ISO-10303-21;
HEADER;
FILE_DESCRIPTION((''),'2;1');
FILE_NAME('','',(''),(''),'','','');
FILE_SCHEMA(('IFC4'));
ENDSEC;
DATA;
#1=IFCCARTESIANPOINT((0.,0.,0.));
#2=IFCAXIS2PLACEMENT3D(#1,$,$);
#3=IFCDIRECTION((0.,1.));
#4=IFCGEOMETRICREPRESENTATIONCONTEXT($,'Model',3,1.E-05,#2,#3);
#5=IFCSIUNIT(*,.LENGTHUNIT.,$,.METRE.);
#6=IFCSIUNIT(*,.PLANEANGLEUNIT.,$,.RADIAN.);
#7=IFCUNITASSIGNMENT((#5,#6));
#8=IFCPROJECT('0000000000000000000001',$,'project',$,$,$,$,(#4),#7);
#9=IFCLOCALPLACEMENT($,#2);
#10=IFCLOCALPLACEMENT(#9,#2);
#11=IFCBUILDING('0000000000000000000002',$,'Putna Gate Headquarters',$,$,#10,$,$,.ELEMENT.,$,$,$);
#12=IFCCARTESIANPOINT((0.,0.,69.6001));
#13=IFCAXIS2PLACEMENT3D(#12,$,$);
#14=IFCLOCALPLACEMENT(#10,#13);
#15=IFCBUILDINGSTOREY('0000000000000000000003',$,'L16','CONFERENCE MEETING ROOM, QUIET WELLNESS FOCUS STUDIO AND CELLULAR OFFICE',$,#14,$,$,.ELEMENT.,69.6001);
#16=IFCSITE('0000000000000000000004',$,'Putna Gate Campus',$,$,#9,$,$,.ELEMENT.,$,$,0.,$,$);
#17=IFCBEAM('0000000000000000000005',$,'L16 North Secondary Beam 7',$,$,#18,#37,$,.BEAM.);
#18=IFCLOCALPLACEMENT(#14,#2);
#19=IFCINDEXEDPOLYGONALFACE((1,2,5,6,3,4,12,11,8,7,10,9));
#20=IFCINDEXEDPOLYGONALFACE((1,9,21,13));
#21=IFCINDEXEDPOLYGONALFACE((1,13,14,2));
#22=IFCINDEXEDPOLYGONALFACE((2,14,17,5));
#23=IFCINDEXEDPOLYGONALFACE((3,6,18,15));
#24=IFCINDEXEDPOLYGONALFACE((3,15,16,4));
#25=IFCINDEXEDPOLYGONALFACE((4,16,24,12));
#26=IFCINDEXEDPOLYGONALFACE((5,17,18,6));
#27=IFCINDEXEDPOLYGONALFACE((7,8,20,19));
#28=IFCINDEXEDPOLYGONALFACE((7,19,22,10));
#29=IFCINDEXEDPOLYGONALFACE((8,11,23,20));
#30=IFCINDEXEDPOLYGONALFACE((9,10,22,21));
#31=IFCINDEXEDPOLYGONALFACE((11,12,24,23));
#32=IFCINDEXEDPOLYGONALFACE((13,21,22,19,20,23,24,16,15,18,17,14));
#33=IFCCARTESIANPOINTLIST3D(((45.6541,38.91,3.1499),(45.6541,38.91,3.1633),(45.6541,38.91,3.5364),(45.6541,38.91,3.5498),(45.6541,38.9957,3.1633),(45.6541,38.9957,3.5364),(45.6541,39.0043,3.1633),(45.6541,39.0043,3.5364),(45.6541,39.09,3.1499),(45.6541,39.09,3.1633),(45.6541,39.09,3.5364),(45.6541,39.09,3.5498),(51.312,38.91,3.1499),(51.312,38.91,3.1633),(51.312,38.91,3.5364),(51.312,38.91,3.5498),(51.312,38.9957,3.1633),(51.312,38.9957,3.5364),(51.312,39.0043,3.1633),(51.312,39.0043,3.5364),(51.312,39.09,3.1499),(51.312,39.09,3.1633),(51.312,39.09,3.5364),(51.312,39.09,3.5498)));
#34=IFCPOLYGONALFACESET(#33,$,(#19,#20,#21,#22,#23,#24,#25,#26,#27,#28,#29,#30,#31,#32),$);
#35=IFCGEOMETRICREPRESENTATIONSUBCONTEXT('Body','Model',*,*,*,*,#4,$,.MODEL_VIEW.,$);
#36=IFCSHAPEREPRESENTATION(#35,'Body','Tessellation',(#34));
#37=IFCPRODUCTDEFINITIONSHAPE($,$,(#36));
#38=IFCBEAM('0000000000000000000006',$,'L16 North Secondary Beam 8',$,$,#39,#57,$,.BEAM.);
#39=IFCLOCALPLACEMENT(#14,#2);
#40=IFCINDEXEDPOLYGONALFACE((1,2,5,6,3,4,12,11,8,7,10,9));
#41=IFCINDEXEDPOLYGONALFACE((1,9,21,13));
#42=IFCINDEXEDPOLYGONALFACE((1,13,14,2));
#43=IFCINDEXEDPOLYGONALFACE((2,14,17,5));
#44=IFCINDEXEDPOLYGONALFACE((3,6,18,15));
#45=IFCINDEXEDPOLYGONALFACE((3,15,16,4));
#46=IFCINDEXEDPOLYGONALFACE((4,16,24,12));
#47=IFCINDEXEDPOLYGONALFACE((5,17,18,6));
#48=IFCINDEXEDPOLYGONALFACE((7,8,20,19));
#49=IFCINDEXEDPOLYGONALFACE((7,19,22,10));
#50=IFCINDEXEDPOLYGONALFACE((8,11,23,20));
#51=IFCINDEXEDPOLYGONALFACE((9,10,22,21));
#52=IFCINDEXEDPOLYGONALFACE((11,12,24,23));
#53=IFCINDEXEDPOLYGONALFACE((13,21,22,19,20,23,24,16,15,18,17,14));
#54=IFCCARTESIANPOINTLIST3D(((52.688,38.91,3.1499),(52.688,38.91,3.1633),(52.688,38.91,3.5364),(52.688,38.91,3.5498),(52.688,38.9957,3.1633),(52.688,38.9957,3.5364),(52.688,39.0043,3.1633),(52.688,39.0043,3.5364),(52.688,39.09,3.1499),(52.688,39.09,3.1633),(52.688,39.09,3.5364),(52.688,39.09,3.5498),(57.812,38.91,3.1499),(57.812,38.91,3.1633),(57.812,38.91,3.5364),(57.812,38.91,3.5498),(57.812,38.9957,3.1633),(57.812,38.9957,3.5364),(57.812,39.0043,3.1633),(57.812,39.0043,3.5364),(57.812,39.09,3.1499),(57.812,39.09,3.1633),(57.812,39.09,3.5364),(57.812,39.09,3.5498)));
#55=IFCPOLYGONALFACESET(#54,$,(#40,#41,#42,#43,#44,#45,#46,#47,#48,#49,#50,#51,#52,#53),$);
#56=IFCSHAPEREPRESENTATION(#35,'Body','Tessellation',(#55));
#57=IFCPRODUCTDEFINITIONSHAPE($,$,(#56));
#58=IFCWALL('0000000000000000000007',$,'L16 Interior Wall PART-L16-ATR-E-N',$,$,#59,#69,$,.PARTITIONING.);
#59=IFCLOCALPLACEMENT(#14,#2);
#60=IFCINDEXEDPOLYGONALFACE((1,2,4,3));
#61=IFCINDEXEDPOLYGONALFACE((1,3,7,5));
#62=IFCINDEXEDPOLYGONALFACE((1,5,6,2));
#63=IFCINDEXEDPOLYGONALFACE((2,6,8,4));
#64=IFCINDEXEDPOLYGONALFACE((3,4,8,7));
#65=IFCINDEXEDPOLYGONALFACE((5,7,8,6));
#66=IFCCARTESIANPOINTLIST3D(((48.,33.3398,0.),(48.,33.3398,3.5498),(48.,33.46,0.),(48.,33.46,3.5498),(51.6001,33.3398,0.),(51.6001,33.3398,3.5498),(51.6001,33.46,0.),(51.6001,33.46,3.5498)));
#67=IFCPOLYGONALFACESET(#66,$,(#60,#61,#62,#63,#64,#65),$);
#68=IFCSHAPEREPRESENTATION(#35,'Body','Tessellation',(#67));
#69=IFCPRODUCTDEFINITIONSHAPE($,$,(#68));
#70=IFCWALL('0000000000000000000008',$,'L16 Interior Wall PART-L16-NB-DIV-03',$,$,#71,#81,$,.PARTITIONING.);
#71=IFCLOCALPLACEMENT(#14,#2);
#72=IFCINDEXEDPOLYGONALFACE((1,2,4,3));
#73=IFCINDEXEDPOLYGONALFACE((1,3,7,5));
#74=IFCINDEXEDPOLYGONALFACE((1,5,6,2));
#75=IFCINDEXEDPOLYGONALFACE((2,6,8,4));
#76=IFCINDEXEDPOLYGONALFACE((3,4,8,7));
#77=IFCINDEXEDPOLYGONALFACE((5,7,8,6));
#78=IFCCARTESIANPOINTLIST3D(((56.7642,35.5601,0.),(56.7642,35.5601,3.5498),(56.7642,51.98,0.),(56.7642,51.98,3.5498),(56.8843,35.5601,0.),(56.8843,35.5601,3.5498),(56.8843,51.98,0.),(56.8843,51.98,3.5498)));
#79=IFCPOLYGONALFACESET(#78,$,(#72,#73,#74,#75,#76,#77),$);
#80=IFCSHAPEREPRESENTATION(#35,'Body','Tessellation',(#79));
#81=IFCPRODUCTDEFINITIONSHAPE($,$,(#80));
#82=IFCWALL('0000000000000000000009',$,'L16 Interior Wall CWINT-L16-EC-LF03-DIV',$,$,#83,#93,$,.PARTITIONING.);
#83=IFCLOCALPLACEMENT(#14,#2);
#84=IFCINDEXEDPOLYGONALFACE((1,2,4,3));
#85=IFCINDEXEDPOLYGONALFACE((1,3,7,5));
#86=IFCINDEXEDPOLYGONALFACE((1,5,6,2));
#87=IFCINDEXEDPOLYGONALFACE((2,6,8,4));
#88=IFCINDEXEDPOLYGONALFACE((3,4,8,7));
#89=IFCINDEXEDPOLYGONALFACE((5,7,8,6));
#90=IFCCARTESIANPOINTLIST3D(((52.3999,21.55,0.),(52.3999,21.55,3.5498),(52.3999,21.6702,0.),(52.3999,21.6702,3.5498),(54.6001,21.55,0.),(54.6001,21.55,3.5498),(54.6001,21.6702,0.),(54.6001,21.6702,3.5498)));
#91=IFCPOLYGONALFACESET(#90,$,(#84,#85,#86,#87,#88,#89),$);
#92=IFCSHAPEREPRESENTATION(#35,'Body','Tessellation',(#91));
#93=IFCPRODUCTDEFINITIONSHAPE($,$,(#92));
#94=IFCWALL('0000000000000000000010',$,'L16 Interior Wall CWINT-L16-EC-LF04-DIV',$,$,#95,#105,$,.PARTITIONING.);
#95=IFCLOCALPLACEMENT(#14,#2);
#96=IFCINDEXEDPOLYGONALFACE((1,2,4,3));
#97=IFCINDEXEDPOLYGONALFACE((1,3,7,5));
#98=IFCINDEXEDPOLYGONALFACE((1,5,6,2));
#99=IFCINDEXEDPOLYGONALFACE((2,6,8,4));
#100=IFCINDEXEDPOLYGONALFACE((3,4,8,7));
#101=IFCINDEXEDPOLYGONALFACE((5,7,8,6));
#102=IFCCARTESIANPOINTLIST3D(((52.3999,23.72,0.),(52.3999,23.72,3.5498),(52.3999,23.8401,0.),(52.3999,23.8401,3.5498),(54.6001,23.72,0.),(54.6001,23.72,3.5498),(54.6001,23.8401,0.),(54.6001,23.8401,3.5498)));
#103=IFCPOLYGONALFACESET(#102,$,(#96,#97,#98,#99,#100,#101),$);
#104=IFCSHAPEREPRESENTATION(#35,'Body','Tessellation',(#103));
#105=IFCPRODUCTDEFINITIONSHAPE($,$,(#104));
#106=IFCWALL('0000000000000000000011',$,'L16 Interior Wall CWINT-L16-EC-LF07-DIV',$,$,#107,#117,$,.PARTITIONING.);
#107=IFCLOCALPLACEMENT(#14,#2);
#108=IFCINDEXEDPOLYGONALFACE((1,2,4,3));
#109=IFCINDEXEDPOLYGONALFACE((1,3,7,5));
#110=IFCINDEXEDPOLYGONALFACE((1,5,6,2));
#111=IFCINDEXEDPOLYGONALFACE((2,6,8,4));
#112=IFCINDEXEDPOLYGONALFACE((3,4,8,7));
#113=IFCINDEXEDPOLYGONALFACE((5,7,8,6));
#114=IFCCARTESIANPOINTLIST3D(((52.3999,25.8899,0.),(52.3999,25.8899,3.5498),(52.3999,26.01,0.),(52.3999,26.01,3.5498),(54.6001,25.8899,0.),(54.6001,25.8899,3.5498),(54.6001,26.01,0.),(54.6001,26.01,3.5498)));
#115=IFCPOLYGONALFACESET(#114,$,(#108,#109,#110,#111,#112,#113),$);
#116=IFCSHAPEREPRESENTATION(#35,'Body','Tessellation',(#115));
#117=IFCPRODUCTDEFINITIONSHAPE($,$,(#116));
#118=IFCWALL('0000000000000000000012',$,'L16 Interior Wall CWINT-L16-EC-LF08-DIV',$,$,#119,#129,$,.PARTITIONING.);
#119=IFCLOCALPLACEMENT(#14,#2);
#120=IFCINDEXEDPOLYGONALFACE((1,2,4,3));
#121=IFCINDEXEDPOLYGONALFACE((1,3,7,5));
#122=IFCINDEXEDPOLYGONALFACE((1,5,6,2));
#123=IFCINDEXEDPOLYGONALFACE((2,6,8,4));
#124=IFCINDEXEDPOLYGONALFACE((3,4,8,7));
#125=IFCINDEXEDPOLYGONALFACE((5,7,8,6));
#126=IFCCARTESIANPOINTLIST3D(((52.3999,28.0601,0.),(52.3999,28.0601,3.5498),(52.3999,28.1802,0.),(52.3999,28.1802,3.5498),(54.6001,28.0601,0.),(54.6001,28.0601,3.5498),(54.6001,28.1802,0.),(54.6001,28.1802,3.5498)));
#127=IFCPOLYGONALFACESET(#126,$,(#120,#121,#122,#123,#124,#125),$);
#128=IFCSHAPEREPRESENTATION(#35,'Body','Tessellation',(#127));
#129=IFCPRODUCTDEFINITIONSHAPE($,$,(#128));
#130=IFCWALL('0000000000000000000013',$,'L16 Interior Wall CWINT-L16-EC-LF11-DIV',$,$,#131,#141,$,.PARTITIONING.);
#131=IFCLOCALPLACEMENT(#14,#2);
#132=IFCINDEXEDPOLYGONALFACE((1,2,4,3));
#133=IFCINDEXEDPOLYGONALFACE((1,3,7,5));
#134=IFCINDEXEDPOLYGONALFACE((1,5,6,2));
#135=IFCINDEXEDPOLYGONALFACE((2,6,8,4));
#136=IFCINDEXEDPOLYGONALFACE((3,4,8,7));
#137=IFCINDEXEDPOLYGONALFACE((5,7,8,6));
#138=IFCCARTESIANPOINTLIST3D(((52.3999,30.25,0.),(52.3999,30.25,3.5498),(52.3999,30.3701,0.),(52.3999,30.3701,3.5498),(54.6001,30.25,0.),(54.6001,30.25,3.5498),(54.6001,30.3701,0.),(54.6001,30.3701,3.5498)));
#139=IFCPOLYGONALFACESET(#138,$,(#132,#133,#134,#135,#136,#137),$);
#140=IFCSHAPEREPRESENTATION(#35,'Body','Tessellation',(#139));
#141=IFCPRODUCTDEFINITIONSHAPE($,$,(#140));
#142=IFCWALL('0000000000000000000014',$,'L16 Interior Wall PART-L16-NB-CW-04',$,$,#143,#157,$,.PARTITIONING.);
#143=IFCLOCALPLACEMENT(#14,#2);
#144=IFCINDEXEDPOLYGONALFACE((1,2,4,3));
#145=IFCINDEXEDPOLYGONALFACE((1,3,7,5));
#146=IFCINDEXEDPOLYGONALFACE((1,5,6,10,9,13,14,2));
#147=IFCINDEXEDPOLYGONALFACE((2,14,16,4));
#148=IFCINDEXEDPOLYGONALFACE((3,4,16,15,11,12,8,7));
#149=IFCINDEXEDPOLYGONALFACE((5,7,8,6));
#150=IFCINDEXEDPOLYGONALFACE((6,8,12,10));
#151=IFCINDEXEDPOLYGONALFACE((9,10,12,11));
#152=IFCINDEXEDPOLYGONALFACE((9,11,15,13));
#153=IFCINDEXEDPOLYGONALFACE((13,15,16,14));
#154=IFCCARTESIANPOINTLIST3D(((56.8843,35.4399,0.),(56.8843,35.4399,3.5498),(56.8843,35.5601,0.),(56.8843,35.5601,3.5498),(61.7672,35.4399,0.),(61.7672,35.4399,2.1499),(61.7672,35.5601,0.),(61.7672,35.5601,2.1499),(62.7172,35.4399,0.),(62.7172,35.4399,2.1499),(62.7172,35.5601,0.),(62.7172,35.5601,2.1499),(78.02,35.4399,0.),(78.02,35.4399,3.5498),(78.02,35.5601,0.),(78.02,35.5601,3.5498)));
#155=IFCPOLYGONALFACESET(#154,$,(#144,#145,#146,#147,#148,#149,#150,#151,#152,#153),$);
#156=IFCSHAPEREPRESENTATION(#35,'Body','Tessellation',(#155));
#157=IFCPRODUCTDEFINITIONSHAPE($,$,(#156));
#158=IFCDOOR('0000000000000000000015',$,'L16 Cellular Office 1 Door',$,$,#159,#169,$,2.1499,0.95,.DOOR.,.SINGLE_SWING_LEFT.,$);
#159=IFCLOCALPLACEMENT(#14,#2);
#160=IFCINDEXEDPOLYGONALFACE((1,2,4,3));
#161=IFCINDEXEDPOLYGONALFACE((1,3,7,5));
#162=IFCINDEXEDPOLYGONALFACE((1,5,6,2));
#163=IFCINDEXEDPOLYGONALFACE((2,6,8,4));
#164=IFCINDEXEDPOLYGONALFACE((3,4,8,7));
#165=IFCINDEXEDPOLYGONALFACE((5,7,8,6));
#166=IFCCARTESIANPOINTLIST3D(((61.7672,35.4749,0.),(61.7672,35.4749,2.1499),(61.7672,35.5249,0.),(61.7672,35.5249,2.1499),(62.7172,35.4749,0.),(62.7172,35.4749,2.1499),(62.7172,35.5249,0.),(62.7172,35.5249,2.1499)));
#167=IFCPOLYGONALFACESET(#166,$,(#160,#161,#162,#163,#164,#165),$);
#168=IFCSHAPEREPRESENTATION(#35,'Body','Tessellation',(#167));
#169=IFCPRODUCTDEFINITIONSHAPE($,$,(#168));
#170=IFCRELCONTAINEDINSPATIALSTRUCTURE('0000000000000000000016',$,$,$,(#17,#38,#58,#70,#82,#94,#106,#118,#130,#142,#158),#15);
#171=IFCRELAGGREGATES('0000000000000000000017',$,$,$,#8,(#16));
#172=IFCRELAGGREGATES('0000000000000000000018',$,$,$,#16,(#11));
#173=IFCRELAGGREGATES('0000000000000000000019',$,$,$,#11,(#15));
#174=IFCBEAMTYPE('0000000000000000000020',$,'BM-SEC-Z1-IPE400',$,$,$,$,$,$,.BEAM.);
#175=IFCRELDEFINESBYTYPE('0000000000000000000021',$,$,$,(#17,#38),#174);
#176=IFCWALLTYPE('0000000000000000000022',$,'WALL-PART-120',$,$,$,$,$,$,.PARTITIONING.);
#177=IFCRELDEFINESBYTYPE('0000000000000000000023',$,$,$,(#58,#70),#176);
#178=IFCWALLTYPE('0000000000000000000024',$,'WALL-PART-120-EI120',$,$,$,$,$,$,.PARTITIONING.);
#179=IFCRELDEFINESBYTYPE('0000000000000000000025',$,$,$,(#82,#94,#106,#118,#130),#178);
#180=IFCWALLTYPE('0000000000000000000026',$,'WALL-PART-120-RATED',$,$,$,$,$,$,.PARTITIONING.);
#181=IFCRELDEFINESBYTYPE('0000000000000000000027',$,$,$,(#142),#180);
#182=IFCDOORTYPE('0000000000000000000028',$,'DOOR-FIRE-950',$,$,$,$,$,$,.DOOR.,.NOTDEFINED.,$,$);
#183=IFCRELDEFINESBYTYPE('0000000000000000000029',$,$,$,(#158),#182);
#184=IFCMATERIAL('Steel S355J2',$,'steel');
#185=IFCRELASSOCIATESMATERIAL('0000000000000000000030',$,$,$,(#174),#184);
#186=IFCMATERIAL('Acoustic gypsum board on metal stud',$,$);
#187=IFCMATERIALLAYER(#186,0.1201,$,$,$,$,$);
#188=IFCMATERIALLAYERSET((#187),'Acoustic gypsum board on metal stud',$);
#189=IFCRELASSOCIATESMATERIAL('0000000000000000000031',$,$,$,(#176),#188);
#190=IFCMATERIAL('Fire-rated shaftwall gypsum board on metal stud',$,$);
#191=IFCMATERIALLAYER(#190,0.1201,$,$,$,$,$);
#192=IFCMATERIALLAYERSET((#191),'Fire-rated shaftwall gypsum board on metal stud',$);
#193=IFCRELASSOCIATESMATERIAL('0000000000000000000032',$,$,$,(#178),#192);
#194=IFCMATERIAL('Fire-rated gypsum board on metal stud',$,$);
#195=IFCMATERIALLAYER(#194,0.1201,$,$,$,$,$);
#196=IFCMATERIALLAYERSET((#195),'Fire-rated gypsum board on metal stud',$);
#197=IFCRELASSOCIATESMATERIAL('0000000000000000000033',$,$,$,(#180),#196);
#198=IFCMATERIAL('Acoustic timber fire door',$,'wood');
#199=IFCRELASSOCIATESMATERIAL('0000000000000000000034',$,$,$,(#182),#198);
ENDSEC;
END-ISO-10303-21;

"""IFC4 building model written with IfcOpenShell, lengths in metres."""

from ifc_helpers import new_model, si_unit, direction, frame, frame_2d, origin, origin_2d, place, context, subcontext, project, spatial, rectangle, i_section, extrude, material, layer, layer_set, material_profile, profile_set, type_object, element, fill, save


model = new_model("IFC4")

# Units and contexts
model_context = context("Model", 3, precision=1e-05, world=origin(), true_north=direction((0.0, 1.0)))
body_context = subcontext(model_context, "Body", "Model", "MODEL_VIEW")
ifc_project = project(units=[si_unit("LENGTHUNIT", "METRE"), si_unit("PLANEANGLEUNIT", "RADIAN")], contexts=[model_context])

# Site, building, storey
site_placement = place(None, origin())
site = spatial("IfcSite", under=ifc_project, at=site_placement, Name="Putna Gate Campus", CompositionType="ELEMENT", RefElevation=0.0)
building_placement = place(site_placement, origin())
building = spatial("IfcBuilding", under=site, at=building_placement, Name="Putna Gate Headquarters", CompositionType="ELEMENT")
storey_placement = place(building_placement, frame((0.0, 0.0, 69.6001)))
storey = spatial("IfcBuildingStorey", under=building, at=storey_placement, Name="L16", Description="CONFERENCE MEETING ROOM, QUIET WELLNESS FOCUS STUDIO AND CELLULAR OFFICE", CompositionType="ELEMENT", Elevation=69.6001)

# Beams
ifc_material_1 = material(Name="Steel S355J2", Category="steel")
ifc_material_profile_1 = material_profile(ifc_material_1, i_section(OverallWidth=0.1799, OverallDepth=0.3999, WebThickness=0.0085, FlangeThickness=0.0134, at=origin_2d()), Name="Steel S355J2")
ifc_profile_set_1 = profile_set([ifc_material_profile_1], Name="Steel S355J2")
beam_type_1 = type_object("IfcBeamType", Name="BM-SEC-Z1-IPE400", PredefinedType="BEAM", material=ifc_profile_set_1)
beam_1_placement = place(storey_placement, frame((45.6541, 39.0, 3.3499), z_axis=(1.0, 0.0, 0.0), x_axis=(0.0, 1.0, 0.0)))
element("IfcBeam", 1, at=beam_1_placement, inside=storey, type_object=beam_type_1, Name="L16 North Secondary Beam 7", PredefinedType="BEAM", context=body_context, shape_type="SweptSolid", body=[
    extrude(i_section(OverallWidth=0.1799, OverallDepth=0.3999, WebThickness=0.0085, FlangeThickness=0.0134, at=origin_2d()), origin(), (0.0, 0.0, 1.0), 5.658),
])
beam_2_placement = place(storey_placement, frame((52.688, 39.0, 3.3499), z_axis=(1.0, 0.0, 0.0), x_axis=(0.0, 1.0, 0.0)))
element("IfcBeam", 2, at=beam_2_placement, inside=storey, type_object=beam_type_1, Name="L16 North Secondary Beam 8", PredefinedType="BEAM", context=body_context, shape_type="SweptSolid", body=[
    extrude(i_section(OverallWidth=0.1799, OverallDepth=0.3999, WebThickness=0.0085, FlangeThickness=0.0134, at=origin_2d()), origin(), (0.0, 0.0, 1.0), 5.124),
])

# Walls
ifc_material_2 = material(Name="Acoustic gypsum board on metal stud")
ifc_layer_1 = layer(ifc_material_2, 0.1201)
ifc_layer_set_1 = layer_set([ifc_layer_1], Name="Acoustic gypsum board on metal stud")
wall_type_1 = type_object("IfcWallType", Name="WALL-PART-120", PredefinedType="PARTITIONING", material=ifc_layer_set_1)
wall_1_placement = place(storey_placement, frame((48.0, 33.3999, 0.0), z_axis=(0.0, 0.0, 1.0), x_axis=(1.0, 0.0, 0.0)))
element("IfcWall", 3, at=wall_1_placement, inside=storey, type_object=wall_type_1, Name="L16 Interior Wall PART-L16-ATR-E-N", PredefinedType="PARTITIONING", context=body_context, shape_type="SweptSolid", body=[
    extrude(rectangle(XDim=3.6001, YDim=0.1201, at=frame_2d((1.8, 0.0))), origin(), (0.0, 0.0, 1.0), 3.5498),
])
wall_2_placement = place(storey_placement, frame((56.8242, 35.5601, 0.0), z_axis=(0.0, 0.0, 1.0), x_axis=(0.0, 1.0, 0.0)))
element("IfcWall", 4, at=wall_2_placement, inside=storey, type_object=wall_type_1, Name="L16 Interior Wall PART-L16-NB-DIV-03", PredefinedType="PARTITIONING", context=body_context, shape_type="SweptSolid", body=[
    extrude(rectangle(XDim=16.4199, YDim=0.1201, at=frame_2d((8.21, 0.0))), origin(), (0.0, 0.0, 1.0), 3.5498),
])
ifc_material_3 = material(Name="Fire-rated shaftwall gypsum board on metal stud")
ifc_layer_2 = layer(ifc_material_3, 0.1201)
ifc_layer_set_2 = layer_set([ifc_layer_2], Name="Fire-rated shaftwall gypsum board on metal stud")
wall_type_2 = type_object("IfcWallType", Name="WALL-PART-120-EI120", PredefinedType="PARTITIONING", material=ifc_layer_set_2)
for number, where, z_axis, x_axis, name in (
    (5, (52.3999, 21.6101, 0.0), (0.0, 0.0, 1.0), (1.0, 0.0, 0.0), "L16 Interior Wall CWINT-L16-EC-LF03-DIV"),
    (6, (52.3999, 23.78, 0.0), (0.0, 0.0, 1.0), (1.0, 0.0, 0.0), "L16 Interior Wall CWINT-L16-EC-LF04-DIV"),
    (7, (52.3999, 25.95, 0.0), (0.0, 0.0, 1.0), (1.0, 0.0, 0.0), "L16 Interior Wall CWINT-L16-EC-LF07-DIV"),
    (8, (52.3999, 28.1201, 0.0), (0.0, 0.0, 1.0), (1.0, 0.0, 0.0), "L16 Interior Wall CWINT-L16-EC-LF08-DIV"),
    (9, (52.3999, 30.3101, 0.0), (0.0, 0.0, 1.0), (1.0, 0.0, 0.0), "L16 Interior Wall CWINT-L16-EC-LF11-DIV"),
):
    element("IfcWall", number, at=place(storey_placement, frame(where, z_axis=z_axis, x_axis=x_axis)), inside=storey, type_object=wall_type_2, Name=name, PredefinedType="PARTITIONING", context=body_context, shape_type="SweptSolid", body=[
        extrude(rectangle(XDim=2.2002, YDim=0.1201, at=frame_2d((1.1001, 0.0))), origin(), (0.0, 0.0, 1.0), 3.5498),
    ])

# Wall, opening, door
ifc_material_4 = material(Name="Fire-rated gypsum board on metal stud")
ifc_layer_3 = layer(ifc_material_4, 0.1201)
ifc_layer_set_3 = layer_set([ifc_layer_3], Name="Fire-rated gypsum board on metal stud")
wall_type_3 = type_object("IfcWallType", Name="WALL-PART-120-RATED", PredefinedType="PARTITIONING", material=ifc_layer_set_3)
wall_3_placement = place(storey_placement, frame((56.8843, 35.5, 0.0), z_axis=(0.0, 0.0, 1.0), x_axis=(1.0, 0.0, 0.0)))
wall_3 = element("IfcWall", 10, at=wall_3_placement, inside=storey, type_object=wall_type_3, Name="L16 Interior Wall PART-L16-NB-CW-04", PredefinedType="PARTITIONING", context=body_context, shape_type="SweptSolid", body=[
    extrude(rectangle(XDim=21.1357, YDim=0.1201, at=frame_2d((10.5679, 0.0))), origin(), (0.0, 0.0, 1.0), 3.5498),
])
opening_1_placement = place(wall_3_placement, frame((4.8828, 0.0, 0.0)))
opening_1 = element("IfcOpeningElement", 11, at=opening_1_placement, cuts=wall_3, PredefinedType="OPENING", context=body_context, shape_type="SweptSolid", body=[
    extrude(rectangle(XDim=0.95, YDim=2.1499, at=frame_2d((0.4751, 1.075))), frame((0.0, 0.0701, 0.0), z_axis=(0.0, -1.0, 0.0), x_axis=(1.0, 0.0, 0.0)), (0.0, 0.0, 1.0), 0.1401),
])
ifc_material_5 = material(Name="Acoustic timber fire door", Category="wood")
door_type_1 = type_object("IfcDoorType", Name="DOOR-FIRE-950", OperationType="NOTDEFINED", PredefinedType="DOOR", material=ifc_material_5)
door_1_placement = place(opening_1_placement, origin())
door_1 = element("IfcDoor", 12, at=door_1_placement, inside=storey, type_object=door_type_1, Name="L16 Cellular Office 1 Door", OperationType="SINGLE_SWING_LEFT", OverallHeight=2.1499, OverallWidth=0.95, PredefinedType="DOOR", context=body_context, shape_type="SweptSolid", body=[
    extrude(rectangle(XDim=0.95, YDim=2.1499, at=frame_2d((0.4751, 1.075))), frame((0.0, 0.0249, 0.0), z_axis=(0.0, -1.0, 0.0), x_axis=(1.0, 0.0, 0.0)), (0.0, 0.0, 1.0), 0.05),
])
fill(opening_1, door_1)

save(model, "model.ifc")
